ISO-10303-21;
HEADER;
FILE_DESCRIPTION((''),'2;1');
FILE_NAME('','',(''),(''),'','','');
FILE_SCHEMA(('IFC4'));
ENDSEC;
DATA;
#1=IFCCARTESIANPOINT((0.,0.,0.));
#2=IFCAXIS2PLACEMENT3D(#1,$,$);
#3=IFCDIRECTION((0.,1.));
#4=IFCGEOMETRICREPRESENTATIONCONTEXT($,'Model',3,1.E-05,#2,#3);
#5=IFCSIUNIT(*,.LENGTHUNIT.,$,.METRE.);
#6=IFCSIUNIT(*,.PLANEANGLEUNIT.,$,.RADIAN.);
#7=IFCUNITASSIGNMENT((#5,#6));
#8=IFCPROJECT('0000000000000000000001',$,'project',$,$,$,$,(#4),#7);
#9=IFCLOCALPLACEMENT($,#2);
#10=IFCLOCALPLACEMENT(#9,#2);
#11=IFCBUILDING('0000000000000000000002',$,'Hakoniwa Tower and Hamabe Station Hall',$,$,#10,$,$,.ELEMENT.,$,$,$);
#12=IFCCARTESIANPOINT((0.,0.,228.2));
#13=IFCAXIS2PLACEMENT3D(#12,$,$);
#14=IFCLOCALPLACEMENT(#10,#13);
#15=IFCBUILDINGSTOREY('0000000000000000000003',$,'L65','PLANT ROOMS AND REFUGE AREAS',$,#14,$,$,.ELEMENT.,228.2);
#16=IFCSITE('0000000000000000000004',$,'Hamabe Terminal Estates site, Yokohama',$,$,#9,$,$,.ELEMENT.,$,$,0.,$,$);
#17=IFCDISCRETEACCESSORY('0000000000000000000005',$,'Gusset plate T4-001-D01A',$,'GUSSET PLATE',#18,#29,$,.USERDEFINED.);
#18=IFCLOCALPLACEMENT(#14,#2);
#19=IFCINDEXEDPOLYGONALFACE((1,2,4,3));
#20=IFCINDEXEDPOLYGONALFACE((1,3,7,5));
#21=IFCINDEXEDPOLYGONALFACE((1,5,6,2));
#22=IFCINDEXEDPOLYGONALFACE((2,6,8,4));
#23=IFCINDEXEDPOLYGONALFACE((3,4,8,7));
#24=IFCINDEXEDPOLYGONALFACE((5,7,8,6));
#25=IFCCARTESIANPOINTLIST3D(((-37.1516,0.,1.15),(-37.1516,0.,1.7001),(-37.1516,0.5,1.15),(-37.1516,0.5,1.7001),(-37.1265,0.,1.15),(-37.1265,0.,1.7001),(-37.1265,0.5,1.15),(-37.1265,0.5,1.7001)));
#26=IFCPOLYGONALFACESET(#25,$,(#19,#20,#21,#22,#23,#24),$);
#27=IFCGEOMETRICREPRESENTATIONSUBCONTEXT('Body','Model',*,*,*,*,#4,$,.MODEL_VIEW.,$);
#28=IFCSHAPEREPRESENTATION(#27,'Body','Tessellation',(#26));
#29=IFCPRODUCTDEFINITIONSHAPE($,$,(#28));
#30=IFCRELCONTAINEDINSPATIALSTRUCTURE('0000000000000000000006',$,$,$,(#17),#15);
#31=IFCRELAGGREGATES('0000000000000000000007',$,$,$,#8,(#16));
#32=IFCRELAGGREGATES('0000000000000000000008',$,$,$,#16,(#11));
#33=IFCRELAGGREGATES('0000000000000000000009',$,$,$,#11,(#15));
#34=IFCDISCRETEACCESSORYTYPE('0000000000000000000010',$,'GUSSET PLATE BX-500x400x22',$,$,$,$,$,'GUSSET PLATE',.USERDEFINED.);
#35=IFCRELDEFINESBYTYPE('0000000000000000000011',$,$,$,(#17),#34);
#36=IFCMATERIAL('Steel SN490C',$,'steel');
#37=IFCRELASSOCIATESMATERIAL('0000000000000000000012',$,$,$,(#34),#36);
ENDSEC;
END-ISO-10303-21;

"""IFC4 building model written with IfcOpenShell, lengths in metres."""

from ifc_helpers import new_model, si_unit, direction, frame, origin, origin_2d, place, context, subcontext, project, spatial, rectangle, extrude, material, material_profile, profile_set, type_object, element, save


model = new_model("IFC4")

# Units and contexts
model_context = context("Model", 3, precision=1e-05, world=origin(), true_north=direction((0.0, 1.0)))
body_context = subcontext(model_context, "Body", "Model", "MODEL_VIEW")
ifc_project = project(units=[si_unit("LENGTHUNIT", "METRE"), si_unit("PLANEANGLEUNIT", "RADIAN")], contexts=[model_context])

# Site, building, storey
site_placement = place(None, origin())
site = spatial("IfcSite", under=ifc_project, at=site_placement, Name="Hamabe Terminal Estates site, Yokohama", CompositionType="ELEMENT", RefElevation=0.0)
building_placement = place(site_placement, origin())
building = spatial("IfcBuilding", under=site, at=building_placement, Name="Hakoniwa Tower and Hamabe Station Hall", CompositionType="ELEMENT")
storey_placement = place(building_placement, frame((0.0, 0.0, 228.2)))
storey = spatial("IfcBuildingStorey", under=building, at=storey_placement, Name="L65", Description="PLANT ROOMS AND REFUGE AREAS", CompositionType="ELEMENT", Elevation=228.2)

# Discrete accessory
ifc_material_1 = material(Name="Steel SN490C", Category="steel")
ifc_material_profile_1 = material_profile(ifc_material_1, rectangle(XDim=0.5, YDim=0.55, at=origin_2d()), Name="GUSSET PLATE BX-500x400x22")
ifc_profile_set_1 = profile_set([ifc_material_profile_1], Name="Steel SN490C")
discrete_accessory_type_1 = type_object("IfcDiscreteAccessoryType", Name="GUSSET PLATE BX-500x400x22", ElementType="GUSSET PLATE", PredefinedType="USERDEFINED", material=ifc_profile_set_1)
discrete_accessory_1_placement = place(storey_placement, frame((-37.1265, 0.25, 1.425), z_axis=(-1.0, 0.0, 0.0), x_axis=(0.0, -1.0, 0.0)))
element("IfcDiscreteAccessory", 1, at=discrete_accessory_1_placement, inside=storey, type_object=discrete_accessory_type_1, Name="Gusset plate T4-001-D01A", ObjectType="GUSSET PLATE", PredefinedType="USERDEFINED", context=body_context, shape_type="SweptSolid", body=[
    extrude(rectangle(XDim=0.5, YDim=0.55, at=origin_2d()), origin(), (0.0, 0.0, 1.0), 0.0251),
])

save(model, "model.ifc")
